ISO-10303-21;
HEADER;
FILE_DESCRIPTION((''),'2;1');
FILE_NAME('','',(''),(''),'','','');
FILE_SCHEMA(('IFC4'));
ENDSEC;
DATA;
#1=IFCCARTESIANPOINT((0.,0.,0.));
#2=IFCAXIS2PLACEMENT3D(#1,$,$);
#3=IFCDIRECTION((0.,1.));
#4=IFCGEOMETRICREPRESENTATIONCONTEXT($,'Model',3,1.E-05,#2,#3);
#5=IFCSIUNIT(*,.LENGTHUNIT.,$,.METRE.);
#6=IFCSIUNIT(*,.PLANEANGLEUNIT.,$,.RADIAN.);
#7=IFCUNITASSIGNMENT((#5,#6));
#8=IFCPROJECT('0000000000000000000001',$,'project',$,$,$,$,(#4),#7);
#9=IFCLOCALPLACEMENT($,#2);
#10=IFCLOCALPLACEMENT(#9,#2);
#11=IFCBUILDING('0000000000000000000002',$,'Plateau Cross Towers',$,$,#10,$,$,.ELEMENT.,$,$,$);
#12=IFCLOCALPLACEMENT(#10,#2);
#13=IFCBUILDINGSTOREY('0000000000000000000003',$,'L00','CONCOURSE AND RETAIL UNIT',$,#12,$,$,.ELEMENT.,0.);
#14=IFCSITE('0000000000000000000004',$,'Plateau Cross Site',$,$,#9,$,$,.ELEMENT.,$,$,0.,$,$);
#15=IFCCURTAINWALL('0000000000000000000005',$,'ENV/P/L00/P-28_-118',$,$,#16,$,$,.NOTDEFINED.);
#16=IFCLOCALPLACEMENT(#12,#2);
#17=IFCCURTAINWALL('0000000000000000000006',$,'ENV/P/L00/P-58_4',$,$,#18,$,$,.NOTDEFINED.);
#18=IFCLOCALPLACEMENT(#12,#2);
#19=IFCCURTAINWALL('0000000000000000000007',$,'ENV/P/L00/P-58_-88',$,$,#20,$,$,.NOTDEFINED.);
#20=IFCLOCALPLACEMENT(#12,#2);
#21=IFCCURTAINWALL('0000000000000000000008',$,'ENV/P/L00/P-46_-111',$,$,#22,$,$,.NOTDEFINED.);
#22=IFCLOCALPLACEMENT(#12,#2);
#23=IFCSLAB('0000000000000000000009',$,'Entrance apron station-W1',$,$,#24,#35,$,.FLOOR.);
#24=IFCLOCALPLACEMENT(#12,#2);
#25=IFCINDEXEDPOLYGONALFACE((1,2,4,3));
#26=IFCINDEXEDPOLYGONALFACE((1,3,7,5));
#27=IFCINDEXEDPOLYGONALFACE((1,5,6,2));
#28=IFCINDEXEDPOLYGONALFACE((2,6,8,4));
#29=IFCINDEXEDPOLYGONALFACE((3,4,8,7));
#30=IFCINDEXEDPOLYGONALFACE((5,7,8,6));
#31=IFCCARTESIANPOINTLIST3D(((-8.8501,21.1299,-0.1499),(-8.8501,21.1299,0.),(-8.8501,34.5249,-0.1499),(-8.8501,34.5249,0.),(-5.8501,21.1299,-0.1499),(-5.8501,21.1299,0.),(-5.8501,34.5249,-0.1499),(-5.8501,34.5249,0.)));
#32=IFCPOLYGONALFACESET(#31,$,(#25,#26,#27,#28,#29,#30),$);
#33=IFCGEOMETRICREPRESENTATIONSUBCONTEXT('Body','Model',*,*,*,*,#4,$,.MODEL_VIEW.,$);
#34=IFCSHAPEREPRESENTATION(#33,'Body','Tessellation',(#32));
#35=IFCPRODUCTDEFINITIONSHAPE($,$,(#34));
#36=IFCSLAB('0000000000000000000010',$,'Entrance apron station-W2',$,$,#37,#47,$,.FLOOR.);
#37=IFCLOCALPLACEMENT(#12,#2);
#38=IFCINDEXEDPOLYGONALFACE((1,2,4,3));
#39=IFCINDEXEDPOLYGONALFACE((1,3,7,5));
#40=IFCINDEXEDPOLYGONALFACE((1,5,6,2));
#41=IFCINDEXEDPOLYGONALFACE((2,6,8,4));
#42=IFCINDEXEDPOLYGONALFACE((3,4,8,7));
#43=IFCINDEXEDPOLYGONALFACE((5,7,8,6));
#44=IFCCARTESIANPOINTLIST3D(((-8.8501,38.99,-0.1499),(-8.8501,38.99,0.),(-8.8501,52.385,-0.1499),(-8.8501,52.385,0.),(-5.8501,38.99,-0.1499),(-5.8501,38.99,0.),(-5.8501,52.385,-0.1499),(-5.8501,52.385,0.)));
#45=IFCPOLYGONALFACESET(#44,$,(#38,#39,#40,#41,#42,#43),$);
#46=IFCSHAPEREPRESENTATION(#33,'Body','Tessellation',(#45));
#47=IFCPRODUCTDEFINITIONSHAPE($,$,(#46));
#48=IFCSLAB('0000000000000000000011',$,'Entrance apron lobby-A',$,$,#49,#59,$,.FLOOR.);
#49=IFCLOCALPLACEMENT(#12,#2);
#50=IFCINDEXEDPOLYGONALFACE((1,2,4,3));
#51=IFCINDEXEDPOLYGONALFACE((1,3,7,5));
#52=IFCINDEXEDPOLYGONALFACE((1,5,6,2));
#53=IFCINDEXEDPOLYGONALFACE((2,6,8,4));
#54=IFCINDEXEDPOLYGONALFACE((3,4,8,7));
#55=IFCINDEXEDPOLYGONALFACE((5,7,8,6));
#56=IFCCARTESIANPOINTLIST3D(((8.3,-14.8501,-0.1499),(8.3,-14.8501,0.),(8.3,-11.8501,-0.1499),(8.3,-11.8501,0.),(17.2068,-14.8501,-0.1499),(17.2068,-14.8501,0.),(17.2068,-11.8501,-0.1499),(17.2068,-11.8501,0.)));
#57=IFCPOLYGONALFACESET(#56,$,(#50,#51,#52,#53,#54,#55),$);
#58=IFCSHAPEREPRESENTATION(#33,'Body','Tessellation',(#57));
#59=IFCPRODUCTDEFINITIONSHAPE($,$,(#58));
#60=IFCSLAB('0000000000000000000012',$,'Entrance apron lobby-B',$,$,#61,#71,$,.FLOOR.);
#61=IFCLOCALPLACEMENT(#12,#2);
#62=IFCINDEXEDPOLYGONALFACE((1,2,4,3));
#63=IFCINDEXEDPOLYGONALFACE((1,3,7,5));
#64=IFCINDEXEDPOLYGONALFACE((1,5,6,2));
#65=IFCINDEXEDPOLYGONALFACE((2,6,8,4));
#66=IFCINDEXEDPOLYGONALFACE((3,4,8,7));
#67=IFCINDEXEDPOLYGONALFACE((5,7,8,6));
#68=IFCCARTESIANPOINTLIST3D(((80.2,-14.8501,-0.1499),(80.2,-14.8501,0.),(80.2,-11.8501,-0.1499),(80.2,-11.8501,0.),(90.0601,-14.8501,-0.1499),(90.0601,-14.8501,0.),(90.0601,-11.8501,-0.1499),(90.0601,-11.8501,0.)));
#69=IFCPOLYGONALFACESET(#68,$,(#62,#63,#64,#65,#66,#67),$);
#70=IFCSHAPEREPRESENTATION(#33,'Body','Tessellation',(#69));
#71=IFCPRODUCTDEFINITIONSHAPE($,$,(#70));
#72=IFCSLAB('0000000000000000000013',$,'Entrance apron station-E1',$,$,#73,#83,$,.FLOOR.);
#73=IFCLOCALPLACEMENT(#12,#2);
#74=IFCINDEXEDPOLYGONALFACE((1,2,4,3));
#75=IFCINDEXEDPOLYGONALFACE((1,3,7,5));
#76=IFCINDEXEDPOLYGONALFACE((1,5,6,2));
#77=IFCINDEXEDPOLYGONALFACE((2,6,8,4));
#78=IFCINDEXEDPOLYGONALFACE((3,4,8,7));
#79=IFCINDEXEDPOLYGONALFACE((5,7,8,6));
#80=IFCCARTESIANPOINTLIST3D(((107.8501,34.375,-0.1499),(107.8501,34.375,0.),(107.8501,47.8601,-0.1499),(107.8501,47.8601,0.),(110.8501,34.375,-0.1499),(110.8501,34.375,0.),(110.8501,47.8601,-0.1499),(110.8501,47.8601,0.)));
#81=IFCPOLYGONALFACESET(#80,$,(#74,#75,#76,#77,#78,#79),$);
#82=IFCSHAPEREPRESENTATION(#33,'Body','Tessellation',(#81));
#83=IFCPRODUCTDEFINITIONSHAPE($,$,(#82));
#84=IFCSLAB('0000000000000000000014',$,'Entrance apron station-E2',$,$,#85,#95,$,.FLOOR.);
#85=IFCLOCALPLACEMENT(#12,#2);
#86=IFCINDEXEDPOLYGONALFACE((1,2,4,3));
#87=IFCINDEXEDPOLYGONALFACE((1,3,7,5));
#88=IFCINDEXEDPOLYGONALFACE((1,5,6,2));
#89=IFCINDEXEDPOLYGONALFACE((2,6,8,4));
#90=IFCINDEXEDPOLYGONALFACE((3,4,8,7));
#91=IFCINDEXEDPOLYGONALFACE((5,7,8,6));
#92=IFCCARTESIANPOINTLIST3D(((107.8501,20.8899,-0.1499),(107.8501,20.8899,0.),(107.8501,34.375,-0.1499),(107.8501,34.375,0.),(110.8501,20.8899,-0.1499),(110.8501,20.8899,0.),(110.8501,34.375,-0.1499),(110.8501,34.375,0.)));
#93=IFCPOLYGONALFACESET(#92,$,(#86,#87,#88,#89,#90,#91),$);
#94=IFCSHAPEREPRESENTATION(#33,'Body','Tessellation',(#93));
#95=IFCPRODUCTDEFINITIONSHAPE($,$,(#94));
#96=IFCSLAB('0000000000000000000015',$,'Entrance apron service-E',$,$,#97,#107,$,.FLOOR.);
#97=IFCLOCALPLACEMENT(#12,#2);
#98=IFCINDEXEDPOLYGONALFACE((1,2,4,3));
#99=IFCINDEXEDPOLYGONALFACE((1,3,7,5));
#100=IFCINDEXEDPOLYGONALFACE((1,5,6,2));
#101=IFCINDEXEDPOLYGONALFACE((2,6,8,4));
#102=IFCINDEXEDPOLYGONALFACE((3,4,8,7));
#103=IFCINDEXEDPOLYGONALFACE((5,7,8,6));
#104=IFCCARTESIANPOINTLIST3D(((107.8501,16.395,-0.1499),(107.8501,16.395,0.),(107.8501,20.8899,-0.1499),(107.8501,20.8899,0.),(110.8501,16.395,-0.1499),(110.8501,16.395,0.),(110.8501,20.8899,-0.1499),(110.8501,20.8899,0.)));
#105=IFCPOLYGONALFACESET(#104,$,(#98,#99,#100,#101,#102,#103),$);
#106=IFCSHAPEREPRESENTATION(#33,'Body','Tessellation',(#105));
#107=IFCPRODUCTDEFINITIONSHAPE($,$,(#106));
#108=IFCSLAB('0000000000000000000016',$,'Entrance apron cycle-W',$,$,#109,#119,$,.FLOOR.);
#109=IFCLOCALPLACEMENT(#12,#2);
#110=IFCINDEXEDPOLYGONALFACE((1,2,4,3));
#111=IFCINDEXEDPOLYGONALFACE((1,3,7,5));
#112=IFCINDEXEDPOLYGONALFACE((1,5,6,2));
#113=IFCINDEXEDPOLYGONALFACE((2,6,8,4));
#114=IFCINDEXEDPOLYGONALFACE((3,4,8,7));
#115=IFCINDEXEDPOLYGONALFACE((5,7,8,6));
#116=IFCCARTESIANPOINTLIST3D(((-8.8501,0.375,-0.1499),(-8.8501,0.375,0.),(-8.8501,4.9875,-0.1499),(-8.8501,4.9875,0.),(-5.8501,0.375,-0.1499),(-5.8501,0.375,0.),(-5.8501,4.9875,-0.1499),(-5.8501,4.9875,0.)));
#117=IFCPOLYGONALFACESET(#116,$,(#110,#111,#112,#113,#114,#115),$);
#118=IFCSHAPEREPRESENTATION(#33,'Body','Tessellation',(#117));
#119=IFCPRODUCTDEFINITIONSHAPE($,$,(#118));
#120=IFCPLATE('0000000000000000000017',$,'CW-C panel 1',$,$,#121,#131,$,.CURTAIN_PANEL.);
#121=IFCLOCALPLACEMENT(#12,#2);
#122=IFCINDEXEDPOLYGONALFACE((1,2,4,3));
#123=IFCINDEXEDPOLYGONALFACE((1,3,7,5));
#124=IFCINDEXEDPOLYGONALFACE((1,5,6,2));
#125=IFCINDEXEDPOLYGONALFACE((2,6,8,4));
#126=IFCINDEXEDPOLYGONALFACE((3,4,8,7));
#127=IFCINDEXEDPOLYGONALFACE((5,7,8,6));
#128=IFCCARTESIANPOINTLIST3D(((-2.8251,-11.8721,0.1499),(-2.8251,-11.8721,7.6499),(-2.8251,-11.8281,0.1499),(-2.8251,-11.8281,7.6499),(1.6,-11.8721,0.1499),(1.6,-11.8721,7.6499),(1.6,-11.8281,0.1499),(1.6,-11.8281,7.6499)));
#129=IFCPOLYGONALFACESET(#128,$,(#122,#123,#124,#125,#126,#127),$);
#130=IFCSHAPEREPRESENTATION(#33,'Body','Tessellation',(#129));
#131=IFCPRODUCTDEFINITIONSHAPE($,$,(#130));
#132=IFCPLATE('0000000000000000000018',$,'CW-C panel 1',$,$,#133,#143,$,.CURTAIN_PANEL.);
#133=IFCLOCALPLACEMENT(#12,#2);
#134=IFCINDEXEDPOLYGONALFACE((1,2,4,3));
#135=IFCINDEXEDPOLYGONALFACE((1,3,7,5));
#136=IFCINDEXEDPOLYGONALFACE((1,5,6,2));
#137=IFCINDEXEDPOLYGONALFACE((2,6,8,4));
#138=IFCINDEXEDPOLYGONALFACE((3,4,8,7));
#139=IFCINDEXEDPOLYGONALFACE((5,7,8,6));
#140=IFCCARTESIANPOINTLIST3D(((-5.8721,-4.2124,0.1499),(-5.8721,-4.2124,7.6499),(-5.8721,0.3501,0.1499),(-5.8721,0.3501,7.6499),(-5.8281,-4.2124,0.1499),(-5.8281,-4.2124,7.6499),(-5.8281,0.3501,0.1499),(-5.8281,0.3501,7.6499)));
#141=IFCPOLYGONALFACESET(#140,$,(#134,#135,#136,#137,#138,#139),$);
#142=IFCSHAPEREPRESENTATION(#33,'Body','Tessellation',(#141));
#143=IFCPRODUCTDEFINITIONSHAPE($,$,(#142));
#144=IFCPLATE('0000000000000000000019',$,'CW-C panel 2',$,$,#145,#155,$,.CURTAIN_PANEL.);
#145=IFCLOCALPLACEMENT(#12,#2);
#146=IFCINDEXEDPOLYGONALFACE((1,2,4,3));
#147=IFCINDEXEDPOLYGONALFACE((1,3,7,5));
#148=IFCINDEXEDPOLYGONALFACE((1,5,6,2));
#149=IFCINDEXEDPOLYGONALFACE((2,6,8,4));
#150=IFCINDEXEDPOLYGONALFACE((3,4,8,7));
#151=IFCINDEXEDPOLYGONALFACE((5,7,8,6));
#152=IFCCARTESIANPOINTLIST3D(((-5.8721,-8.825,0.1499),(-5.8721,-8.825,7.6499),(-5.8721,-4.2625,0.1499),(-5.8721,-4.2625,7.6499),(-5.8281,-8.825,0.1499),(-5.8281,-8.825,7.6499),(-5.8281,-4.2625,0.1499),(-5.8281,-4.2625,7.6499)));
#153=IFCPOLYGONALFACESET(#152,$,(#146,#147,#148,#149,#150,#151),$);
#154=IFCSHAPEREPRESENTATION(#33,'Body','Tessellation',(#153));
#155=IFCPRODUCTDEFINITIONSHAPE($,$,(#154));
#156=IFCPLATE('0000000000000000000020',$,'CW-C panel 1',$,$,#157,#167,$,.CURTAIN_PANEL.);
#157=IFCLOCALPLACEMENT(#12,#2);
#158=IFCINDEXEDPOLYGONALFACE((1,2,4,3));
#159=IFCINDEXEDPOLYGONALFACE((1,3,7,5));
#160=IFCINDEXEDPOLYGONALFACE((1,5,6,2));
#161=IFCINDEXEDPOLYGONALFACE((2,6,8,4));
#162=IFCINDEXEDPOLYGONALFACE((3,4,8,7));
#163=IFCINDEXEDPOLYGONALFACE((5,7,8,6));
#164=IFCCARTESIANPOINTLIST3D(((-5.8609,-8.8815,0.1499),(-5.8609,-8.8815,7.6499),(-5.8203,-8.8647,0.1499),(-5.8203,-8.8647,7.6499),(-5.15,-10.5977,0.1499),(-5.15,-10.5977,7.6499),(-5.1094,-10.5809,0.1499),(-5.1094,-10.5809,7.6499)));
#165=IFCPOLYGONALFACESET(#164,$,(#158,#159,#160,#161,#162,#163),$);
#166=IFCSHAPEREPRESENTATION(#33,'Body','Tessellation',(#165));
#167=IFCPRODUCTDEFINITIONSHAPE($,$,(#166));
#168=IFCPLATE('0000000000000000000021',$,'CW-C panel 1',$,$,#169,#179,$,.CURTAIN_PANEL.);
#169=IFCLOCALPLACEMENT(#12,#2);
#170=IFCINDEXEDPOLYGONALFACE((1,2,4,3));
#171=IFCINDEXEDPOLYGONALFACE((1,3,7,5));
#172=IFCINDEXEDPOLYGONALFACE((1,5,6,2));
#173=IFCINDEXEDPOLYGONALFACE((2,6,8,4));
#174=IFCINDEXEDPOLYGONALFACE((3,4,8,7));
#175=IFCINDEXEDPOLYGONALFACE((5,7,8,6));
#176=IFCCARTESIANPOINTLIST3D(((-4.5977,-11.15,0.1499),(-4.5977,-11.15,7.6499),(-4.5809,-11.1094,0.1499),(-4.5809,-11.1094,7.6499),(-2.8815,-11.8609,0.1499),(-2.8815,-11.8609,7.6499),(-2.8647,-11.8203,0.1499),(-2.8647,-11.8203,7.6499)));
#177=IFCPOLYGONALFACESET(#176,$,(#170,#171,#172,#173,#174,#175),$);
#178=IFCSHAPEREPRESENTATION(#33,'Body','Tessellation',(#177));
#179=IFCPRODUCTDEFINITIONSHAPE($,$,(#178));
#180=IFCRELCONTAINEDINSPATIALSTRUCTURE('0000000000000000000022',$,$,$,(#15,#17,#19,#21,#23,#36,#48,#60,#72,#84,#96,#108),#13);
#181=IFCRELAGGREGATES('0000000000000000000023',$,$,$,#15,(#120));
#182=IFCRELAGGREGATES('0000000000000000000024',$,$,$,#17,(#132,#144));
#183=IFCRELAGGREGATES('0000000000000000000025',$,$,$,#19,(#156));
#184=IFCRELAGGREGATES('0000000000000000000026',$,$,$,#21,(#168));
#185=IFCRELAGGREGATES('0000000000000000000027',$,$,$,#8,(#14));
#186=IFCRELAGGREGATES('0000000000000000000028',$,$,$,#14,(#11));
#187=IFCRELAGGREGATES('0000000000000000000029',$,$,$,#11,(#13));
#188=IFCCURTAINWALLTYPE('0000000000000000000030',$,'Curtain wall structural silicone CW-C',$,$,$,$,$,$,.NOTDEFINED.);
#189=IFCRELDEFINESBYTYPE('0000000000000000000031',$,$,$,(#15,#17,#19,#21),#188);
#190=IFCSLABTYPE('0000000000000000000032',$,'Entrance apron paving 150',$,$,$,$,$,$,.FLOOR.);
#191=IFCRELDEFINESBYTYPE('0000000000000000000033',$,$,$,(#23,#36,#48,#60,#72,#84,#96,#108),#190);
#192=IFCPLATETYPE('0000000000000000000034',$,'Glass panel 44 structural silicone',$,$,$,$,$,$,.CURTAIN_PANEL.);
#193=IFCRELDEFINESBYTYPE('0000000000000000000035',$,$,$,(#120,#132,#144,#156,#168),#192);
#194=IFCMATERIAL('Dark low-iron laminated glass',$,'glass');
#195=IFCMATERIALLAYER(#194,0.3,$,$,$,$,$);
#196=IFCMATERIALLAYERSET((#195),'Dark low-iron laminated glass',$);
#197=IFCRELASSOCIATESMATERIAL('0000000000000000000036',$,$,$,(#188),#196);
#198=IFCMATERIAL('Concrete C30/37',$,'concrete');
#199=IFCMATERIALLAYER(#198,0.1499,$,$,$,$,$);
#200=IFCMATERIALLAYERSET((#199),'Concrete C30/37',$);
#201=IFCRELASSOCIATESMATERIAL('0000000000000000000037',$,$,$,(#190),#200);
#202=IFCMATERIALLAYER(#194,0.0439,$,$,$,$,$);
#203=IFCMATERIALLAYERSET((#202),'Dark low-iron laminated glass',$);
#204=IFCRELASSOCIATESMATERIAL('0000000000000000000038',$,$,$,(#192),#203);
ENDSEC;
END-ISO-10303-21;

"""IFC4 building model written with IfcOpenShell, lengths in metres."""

from ifc_helpers import new_model, si_unit, direction, frame, origin, origin_2d, place, context, subcontext, project, spatial, polyline, rectangle, outline, extrude, material, layer, layer_set, type_object, element, aggregate, save


model = new_model("IFC4")

# Units and contexts
model_context = context("Model", 3, precision=1e-05, world=origin(), true_north=direction((0.0, 1.0)))
body_context = subcontext(model_context, "Body", "Model", "MODEL_VIEW")
ifc_project = project(units=[si_unit("LENGTHUNIT", "METRE"), si_unit("PLANEANGLEUNIT", "RADIAN")], contexts=[model_context])

# Site, building, storey
site_placement = place(None, origin())
site = spatial("IfcSite", under=ifc_project, at=site_placement, Name="Plateau Cross Site", CompositionType="ELEMENT", RefElevation=0.0)
building_placement = place(site_placement, origin())
building = spatial("IfcBuilding", under=site, at=building_placement, Name="Plateau Cross Towers", CompositionType="ELEMENT")
storey_placement = place(building_placement, origin())
storey = spatial("IfcBuildingStorey", under=building, at=storey_placement, Name="L00", Description="CONCOURSE AND RETAIL UNIT", CompositionType="ELEMENT", Elevation=0.0)

# Curtain walls
ifc_material_1 = material(Name="Dark low-iron laminated glass", Category="glass")
ifc_layer_1 = layer(ifc_material_1, 0.3)
ifc_layer_set_1 = layer_set([ifc_layer_1], Name="Dark low-iron laminated glass")
curtain_wall_type = type_object("IfcCurtainWallType", Name="Curtain wall structural silicone CW-C", PredefinedType="NOTDEFINED", material=ifc_layer_set_1)
curtain_wall_1_placement = place(storey_placement, origin())
curtain_wall_1 = element("IfcCurtainWall", 1, at=curtain_wall_1_placement, inside=storey, type_object=curtain_wall_type, Name="ENV/P/L00/P-28_-118", PredefinedType="NOTDEFINED")
curtain_wall_2_placement = place(storey_placement, origin())
curtain_wall_2 = element("IfcCurtainWall", 2, at=curtain_wall_2_placement, inside=storey, type_object=curtain_wall_type, Name="ENV/P/L00/P-58_4", PredefinedType="NOTDEFINED")

# Curtain wall
curtain_wall_3_placement = place(storey_placement, origin())
curtain_wall_3 = element("IfcCurtainWall", 3, at=curtain_wall_3_placement, inside=storey, type_object=curtain_wall_type, Name="ENV/P/L00/P-58_-88", PredefinedType="NOTDEFINED")

# Curtain wall
curtain_wall_4_placement = place(storey_placement, origin())
curtain_wall_4 = element("IfcCurtainWall", 4, at=curtain_wall_4_placement, inside=storey, type_object=curtain_wall_type, Name="ENV/P/L00/P-46_-111", PredefinedType="NOTDEFINED")

# Slabs
ifc_material_2 = material(Name="Concrete C30/37", Category="concrete")
ifc_layer_2 = layer(ifc_material_2, 0.1499)
ifc_layer_set_2 = layer_set([ifc_layer_2], Name="Concrete C30/37")
slab_type_1 = type_object("IfcSlabType", Name="Entrance apron paving 150", PredefinedType="FLOOR", material=ifc_layer_set_2)
slab_1_placement = place(storey_placement, frame((0.0, 0.0, -0.1499)))
element("IfcSlab", 5, at=slab_1_placement, inside=storey, type_object=slab_type_1, Name="Entrance apron station-W1", PredefinedType="FLOOR", context=body_context, shape_type="SweptSolid", body=[
    extrude(outline(polyline([(-5.8501, 34.5249), (-5.8501, 21.1299), (-8.8501, 21.1299), (-8.8501, 34.5249), (-5.8501, 34.5249)])), origin(), (0.0, 0.0, 1.0), 0.1499),
])
slab_2_placement = place(storey_placement, frame((0.0, 0.0, -0.1499)))
element("IfcSlab", 6, at=slab_2_placement, inside=storey, type_object=slab_type_1, Name="Entrance apron station-W2", PredefinedType="FLOOR", context=body_context, shape_type="SweptSolid", body=[
    extrude(outline(polyline([(-5.8501, 52.385), (-5.8501, 38.99), (-8.8501, 38.99), (-8.8501, 52.385), (-5.8501, 52.385)])), origin(), (0.0, 0.0, 1.0), 0.1499),
])
slab_3_placement = place(storey_placement, frame((0.0, 0.0, -0.1499)))
element("IfcSlab", 7, at=slab_3_placement, inside=storey, type_object=slab_type_1, Name="Entrance apron lobby-A", PredefinedType="FLOOR", context=body_context, shape_type="SweptSolid", body=[
    extrude(outline(polyline([(8.3, -11.8501), (17.2068, -11.8501), (17.2068, -14.8501), (8.3, -14.8501), (8.3, -11.8501)])), origin(), (0.0, 0.0, 1.0), 0.1499),
])
slab_4_placement = place(storey_placement, frame((0.0, 0.0, -0.1499)))
element("IfcSlab", 8, at=slab_4_placement, inside=storey, type_object=slab_type_1, Name="Entrance apron lobby-B", PredefinedType="FLOOR", context=body_context, shape_type="SweptSolid", body=[
    extrude(outline(polyline([(80.2, -11.8501), (90.0601, -11.8501), (90.0601, -14.8501), (80.2, -14.8501), (80.2, -11.8501)])), origin(), (0.0, 0.0, 1.0), 0.1499),
])
slab_5_placement = place(storey_placement, frame((0.0, 0.0, -0.1499)))
element("IfcSlab", 9, at=slab_5_placement, inside=storey, type_object=slab_type_1, Name="Entrance apron station-E1", PredefinedType="FLOOR", context=body_context, shape_type="SweptSolid", body=[
    extrude(outline(polyline([(107.8501, 34.375), (107.8501, 47.8601), (110.8501, 47.8601), (110.8501, 34.375), (107.8501, 34.375)])), origin(), (0.0, 0.0, 1.0), 0.1499),
])
slab_6_placement = place(storey_placement, frame((0.0, 0.0, -0.1499)))
element("IfcSlab", 10, at=slab_6_placement, inside=storey, type_object=slab_type_1, Name="Entrance apron station-E2", PredefinedType="FLOOR", context=body_context, shape_type="SweptSolid", body=[
    extrude(outline(polyline([(107.8501, 20.8899), (107.8501, 34.375), (110.8501, 34.375), (110.8501, 20.8899), (107.8501, 20.8899)])), origin(), (0.0, 0.0, 1.0), 0.1499),
])
slab_7_placement = place(storey_placement, frame((0.0, 0.0, -0.1499)))
element("IfcSlab", 11, at=slab_7_placement, inside=storey, type_object=slab_type_1, Name="Entrance apron service-E", PredefinedType="FLOOR", context=body_context, shape_type="SweptSolid", body=[
    extrude(outline(polyline([(107.8501, 16.395), (107.8501, 20.8899), (110.8501, 20.8899), (110.8501, 16.395), (107.8501, 16.395)])), origin(), (0.0, 0.0, 1.0), 0.1499),
])
slab_8_placement = place(storey_placement, frame((0.0, 0.0, -0.1499)))
element("IfcSlab", 12, at=slab_8_placement, inside=storey, type_object=slab_type_1, Name="Entrance apron cycle-W", PredefinedType="FLOOR", context=body_context, shape_type="SweptSolid", body=[
    extrude(outline(polyline([(-5.8501, 4.9875), (-5.8501, 0.375), (-8.8501, 0.375), (-8.8501, 4.9875), (-5.8501, 4.9875)])), origin(), (0.0, 0.0, 1.0), 0.1499),
])

# Plates
ifc_layer_3 = layer(ifc_material_1, 0.0439)
ifc_layer_set_3 = layer_set([ifc_layer_3], Name="Dark low-iron laminated glass")
plate_type = type_object("IfcPlateType", Name="Glass panel 44 structural silicone", PredefinedType="CURTAIN_PANEL", material=ifc_layer_set_3)
plate_1_placement = place(storey_placement, frame((-0.6125, -11.8501, 0.1499), z_axis=(0.0, 0.0, 1.0), x_axis=(1.0, 0.0, 0.0)))
plate_1 = element("IfcPlate", 13, at=plate_1_placement, type_object=plate_type, Name="CW-C panel 1", PredefinedType="CURTAIN_PANEL", context=body_context, shape_type="SweptSolid", body=[
    extrude(rectangle(XDim=4.425, YDim=0.0439, at=origin_2d()), origin(), (0.0, 0.0, 1.0), 7.5),
])
aggregate(curtain_wall_1, [plate_1])
plate_2_placement = place(storey_placement, frame((-5.8501, -1.9312, 0.1499), z_axis=(0.0, 0.0, 1.0), x_axis=(0.0, -1.0, 0.0)))
plate_2 = element("IfcPlate", 14, at=plate_2_placement, type_object=plate_type, Name="CW-C panel 1", PredefinedType="CURTAIN_PANEL", context=body_context, shape_type="SweptSolid", body=[
    extrude(rectangle(XDim=4.5625, YDim=0.0439, at=origin_2d()), origin(), (0.0, 0.0, 1.0), 7.5),
])
plate_3_placement = place(storey_placement, frame((-5.8501, -6.5437, 0.1499), z_axis=(0.0, 0.0, 1.0), x_axis=(0.0, -1.0, 0.0)))
plate_3 = element("IfcPlate", 15, at=plate_3_placement, type_object=plate_type, Name="CW-C panel 2", PredefinedType="CURTAIN_PANEL", context=body_context, shape_type="SweptSolid", body=[
    extrude(rectangle(XDim=4.5625, YDim=0.0439, at=origin_2d()), origin(), (0.0, 0.0, 1.0), 7.5),
])
aggregate(curtain_wall_2, [plate_2, plate_3])
plate_4_placement = place(storey_placement, frame((-5.4851, -9.7312, 0.1499), z_axis=(0.0, 0.0, 1.0), x_axis=(0.382684, -0.923879, 0.0)))
plate_4 = element("IfcPlate", 16, at=plate_4_placement, type_object=plate_type, Name="CW-C panel 1", PredefinedType="CURTAIN_PANEL", context=body_context, shape_type="SweptSolid", body=[
    extrude(rectangle(XDim=1.8577, YDim=0.0439, at=origin_2d()), origin(), (0.0, 0.0, 1.0), 7.5),
])
aggregate(curtain_wall_3, [plate_4])
plate_5_placement = place(storey_placement, frame((-3.7312, -11.4851, 0.1499), z_axis=(0.0, 0.0, 1.0), x_axis=(0.923879, -0.382684, 0.0)))
plate_5 = element("IfcPlate", 17, at=plate_5_placement, type_object=plate_type, Name="CW-C panel 1", PredefinedType="CURTAIN_PANEL", context=body_context, shape_type="SweptSolid", body=[
    extrude(rectangle(XDim=1.8577, YDim=0.0439, at=origin_2d()), origin(), (0.0, 0.0, 1.0), 7.5),
])
aggregate(curtain_wall_4, [plate_5])

save(model, "model.ifc")
